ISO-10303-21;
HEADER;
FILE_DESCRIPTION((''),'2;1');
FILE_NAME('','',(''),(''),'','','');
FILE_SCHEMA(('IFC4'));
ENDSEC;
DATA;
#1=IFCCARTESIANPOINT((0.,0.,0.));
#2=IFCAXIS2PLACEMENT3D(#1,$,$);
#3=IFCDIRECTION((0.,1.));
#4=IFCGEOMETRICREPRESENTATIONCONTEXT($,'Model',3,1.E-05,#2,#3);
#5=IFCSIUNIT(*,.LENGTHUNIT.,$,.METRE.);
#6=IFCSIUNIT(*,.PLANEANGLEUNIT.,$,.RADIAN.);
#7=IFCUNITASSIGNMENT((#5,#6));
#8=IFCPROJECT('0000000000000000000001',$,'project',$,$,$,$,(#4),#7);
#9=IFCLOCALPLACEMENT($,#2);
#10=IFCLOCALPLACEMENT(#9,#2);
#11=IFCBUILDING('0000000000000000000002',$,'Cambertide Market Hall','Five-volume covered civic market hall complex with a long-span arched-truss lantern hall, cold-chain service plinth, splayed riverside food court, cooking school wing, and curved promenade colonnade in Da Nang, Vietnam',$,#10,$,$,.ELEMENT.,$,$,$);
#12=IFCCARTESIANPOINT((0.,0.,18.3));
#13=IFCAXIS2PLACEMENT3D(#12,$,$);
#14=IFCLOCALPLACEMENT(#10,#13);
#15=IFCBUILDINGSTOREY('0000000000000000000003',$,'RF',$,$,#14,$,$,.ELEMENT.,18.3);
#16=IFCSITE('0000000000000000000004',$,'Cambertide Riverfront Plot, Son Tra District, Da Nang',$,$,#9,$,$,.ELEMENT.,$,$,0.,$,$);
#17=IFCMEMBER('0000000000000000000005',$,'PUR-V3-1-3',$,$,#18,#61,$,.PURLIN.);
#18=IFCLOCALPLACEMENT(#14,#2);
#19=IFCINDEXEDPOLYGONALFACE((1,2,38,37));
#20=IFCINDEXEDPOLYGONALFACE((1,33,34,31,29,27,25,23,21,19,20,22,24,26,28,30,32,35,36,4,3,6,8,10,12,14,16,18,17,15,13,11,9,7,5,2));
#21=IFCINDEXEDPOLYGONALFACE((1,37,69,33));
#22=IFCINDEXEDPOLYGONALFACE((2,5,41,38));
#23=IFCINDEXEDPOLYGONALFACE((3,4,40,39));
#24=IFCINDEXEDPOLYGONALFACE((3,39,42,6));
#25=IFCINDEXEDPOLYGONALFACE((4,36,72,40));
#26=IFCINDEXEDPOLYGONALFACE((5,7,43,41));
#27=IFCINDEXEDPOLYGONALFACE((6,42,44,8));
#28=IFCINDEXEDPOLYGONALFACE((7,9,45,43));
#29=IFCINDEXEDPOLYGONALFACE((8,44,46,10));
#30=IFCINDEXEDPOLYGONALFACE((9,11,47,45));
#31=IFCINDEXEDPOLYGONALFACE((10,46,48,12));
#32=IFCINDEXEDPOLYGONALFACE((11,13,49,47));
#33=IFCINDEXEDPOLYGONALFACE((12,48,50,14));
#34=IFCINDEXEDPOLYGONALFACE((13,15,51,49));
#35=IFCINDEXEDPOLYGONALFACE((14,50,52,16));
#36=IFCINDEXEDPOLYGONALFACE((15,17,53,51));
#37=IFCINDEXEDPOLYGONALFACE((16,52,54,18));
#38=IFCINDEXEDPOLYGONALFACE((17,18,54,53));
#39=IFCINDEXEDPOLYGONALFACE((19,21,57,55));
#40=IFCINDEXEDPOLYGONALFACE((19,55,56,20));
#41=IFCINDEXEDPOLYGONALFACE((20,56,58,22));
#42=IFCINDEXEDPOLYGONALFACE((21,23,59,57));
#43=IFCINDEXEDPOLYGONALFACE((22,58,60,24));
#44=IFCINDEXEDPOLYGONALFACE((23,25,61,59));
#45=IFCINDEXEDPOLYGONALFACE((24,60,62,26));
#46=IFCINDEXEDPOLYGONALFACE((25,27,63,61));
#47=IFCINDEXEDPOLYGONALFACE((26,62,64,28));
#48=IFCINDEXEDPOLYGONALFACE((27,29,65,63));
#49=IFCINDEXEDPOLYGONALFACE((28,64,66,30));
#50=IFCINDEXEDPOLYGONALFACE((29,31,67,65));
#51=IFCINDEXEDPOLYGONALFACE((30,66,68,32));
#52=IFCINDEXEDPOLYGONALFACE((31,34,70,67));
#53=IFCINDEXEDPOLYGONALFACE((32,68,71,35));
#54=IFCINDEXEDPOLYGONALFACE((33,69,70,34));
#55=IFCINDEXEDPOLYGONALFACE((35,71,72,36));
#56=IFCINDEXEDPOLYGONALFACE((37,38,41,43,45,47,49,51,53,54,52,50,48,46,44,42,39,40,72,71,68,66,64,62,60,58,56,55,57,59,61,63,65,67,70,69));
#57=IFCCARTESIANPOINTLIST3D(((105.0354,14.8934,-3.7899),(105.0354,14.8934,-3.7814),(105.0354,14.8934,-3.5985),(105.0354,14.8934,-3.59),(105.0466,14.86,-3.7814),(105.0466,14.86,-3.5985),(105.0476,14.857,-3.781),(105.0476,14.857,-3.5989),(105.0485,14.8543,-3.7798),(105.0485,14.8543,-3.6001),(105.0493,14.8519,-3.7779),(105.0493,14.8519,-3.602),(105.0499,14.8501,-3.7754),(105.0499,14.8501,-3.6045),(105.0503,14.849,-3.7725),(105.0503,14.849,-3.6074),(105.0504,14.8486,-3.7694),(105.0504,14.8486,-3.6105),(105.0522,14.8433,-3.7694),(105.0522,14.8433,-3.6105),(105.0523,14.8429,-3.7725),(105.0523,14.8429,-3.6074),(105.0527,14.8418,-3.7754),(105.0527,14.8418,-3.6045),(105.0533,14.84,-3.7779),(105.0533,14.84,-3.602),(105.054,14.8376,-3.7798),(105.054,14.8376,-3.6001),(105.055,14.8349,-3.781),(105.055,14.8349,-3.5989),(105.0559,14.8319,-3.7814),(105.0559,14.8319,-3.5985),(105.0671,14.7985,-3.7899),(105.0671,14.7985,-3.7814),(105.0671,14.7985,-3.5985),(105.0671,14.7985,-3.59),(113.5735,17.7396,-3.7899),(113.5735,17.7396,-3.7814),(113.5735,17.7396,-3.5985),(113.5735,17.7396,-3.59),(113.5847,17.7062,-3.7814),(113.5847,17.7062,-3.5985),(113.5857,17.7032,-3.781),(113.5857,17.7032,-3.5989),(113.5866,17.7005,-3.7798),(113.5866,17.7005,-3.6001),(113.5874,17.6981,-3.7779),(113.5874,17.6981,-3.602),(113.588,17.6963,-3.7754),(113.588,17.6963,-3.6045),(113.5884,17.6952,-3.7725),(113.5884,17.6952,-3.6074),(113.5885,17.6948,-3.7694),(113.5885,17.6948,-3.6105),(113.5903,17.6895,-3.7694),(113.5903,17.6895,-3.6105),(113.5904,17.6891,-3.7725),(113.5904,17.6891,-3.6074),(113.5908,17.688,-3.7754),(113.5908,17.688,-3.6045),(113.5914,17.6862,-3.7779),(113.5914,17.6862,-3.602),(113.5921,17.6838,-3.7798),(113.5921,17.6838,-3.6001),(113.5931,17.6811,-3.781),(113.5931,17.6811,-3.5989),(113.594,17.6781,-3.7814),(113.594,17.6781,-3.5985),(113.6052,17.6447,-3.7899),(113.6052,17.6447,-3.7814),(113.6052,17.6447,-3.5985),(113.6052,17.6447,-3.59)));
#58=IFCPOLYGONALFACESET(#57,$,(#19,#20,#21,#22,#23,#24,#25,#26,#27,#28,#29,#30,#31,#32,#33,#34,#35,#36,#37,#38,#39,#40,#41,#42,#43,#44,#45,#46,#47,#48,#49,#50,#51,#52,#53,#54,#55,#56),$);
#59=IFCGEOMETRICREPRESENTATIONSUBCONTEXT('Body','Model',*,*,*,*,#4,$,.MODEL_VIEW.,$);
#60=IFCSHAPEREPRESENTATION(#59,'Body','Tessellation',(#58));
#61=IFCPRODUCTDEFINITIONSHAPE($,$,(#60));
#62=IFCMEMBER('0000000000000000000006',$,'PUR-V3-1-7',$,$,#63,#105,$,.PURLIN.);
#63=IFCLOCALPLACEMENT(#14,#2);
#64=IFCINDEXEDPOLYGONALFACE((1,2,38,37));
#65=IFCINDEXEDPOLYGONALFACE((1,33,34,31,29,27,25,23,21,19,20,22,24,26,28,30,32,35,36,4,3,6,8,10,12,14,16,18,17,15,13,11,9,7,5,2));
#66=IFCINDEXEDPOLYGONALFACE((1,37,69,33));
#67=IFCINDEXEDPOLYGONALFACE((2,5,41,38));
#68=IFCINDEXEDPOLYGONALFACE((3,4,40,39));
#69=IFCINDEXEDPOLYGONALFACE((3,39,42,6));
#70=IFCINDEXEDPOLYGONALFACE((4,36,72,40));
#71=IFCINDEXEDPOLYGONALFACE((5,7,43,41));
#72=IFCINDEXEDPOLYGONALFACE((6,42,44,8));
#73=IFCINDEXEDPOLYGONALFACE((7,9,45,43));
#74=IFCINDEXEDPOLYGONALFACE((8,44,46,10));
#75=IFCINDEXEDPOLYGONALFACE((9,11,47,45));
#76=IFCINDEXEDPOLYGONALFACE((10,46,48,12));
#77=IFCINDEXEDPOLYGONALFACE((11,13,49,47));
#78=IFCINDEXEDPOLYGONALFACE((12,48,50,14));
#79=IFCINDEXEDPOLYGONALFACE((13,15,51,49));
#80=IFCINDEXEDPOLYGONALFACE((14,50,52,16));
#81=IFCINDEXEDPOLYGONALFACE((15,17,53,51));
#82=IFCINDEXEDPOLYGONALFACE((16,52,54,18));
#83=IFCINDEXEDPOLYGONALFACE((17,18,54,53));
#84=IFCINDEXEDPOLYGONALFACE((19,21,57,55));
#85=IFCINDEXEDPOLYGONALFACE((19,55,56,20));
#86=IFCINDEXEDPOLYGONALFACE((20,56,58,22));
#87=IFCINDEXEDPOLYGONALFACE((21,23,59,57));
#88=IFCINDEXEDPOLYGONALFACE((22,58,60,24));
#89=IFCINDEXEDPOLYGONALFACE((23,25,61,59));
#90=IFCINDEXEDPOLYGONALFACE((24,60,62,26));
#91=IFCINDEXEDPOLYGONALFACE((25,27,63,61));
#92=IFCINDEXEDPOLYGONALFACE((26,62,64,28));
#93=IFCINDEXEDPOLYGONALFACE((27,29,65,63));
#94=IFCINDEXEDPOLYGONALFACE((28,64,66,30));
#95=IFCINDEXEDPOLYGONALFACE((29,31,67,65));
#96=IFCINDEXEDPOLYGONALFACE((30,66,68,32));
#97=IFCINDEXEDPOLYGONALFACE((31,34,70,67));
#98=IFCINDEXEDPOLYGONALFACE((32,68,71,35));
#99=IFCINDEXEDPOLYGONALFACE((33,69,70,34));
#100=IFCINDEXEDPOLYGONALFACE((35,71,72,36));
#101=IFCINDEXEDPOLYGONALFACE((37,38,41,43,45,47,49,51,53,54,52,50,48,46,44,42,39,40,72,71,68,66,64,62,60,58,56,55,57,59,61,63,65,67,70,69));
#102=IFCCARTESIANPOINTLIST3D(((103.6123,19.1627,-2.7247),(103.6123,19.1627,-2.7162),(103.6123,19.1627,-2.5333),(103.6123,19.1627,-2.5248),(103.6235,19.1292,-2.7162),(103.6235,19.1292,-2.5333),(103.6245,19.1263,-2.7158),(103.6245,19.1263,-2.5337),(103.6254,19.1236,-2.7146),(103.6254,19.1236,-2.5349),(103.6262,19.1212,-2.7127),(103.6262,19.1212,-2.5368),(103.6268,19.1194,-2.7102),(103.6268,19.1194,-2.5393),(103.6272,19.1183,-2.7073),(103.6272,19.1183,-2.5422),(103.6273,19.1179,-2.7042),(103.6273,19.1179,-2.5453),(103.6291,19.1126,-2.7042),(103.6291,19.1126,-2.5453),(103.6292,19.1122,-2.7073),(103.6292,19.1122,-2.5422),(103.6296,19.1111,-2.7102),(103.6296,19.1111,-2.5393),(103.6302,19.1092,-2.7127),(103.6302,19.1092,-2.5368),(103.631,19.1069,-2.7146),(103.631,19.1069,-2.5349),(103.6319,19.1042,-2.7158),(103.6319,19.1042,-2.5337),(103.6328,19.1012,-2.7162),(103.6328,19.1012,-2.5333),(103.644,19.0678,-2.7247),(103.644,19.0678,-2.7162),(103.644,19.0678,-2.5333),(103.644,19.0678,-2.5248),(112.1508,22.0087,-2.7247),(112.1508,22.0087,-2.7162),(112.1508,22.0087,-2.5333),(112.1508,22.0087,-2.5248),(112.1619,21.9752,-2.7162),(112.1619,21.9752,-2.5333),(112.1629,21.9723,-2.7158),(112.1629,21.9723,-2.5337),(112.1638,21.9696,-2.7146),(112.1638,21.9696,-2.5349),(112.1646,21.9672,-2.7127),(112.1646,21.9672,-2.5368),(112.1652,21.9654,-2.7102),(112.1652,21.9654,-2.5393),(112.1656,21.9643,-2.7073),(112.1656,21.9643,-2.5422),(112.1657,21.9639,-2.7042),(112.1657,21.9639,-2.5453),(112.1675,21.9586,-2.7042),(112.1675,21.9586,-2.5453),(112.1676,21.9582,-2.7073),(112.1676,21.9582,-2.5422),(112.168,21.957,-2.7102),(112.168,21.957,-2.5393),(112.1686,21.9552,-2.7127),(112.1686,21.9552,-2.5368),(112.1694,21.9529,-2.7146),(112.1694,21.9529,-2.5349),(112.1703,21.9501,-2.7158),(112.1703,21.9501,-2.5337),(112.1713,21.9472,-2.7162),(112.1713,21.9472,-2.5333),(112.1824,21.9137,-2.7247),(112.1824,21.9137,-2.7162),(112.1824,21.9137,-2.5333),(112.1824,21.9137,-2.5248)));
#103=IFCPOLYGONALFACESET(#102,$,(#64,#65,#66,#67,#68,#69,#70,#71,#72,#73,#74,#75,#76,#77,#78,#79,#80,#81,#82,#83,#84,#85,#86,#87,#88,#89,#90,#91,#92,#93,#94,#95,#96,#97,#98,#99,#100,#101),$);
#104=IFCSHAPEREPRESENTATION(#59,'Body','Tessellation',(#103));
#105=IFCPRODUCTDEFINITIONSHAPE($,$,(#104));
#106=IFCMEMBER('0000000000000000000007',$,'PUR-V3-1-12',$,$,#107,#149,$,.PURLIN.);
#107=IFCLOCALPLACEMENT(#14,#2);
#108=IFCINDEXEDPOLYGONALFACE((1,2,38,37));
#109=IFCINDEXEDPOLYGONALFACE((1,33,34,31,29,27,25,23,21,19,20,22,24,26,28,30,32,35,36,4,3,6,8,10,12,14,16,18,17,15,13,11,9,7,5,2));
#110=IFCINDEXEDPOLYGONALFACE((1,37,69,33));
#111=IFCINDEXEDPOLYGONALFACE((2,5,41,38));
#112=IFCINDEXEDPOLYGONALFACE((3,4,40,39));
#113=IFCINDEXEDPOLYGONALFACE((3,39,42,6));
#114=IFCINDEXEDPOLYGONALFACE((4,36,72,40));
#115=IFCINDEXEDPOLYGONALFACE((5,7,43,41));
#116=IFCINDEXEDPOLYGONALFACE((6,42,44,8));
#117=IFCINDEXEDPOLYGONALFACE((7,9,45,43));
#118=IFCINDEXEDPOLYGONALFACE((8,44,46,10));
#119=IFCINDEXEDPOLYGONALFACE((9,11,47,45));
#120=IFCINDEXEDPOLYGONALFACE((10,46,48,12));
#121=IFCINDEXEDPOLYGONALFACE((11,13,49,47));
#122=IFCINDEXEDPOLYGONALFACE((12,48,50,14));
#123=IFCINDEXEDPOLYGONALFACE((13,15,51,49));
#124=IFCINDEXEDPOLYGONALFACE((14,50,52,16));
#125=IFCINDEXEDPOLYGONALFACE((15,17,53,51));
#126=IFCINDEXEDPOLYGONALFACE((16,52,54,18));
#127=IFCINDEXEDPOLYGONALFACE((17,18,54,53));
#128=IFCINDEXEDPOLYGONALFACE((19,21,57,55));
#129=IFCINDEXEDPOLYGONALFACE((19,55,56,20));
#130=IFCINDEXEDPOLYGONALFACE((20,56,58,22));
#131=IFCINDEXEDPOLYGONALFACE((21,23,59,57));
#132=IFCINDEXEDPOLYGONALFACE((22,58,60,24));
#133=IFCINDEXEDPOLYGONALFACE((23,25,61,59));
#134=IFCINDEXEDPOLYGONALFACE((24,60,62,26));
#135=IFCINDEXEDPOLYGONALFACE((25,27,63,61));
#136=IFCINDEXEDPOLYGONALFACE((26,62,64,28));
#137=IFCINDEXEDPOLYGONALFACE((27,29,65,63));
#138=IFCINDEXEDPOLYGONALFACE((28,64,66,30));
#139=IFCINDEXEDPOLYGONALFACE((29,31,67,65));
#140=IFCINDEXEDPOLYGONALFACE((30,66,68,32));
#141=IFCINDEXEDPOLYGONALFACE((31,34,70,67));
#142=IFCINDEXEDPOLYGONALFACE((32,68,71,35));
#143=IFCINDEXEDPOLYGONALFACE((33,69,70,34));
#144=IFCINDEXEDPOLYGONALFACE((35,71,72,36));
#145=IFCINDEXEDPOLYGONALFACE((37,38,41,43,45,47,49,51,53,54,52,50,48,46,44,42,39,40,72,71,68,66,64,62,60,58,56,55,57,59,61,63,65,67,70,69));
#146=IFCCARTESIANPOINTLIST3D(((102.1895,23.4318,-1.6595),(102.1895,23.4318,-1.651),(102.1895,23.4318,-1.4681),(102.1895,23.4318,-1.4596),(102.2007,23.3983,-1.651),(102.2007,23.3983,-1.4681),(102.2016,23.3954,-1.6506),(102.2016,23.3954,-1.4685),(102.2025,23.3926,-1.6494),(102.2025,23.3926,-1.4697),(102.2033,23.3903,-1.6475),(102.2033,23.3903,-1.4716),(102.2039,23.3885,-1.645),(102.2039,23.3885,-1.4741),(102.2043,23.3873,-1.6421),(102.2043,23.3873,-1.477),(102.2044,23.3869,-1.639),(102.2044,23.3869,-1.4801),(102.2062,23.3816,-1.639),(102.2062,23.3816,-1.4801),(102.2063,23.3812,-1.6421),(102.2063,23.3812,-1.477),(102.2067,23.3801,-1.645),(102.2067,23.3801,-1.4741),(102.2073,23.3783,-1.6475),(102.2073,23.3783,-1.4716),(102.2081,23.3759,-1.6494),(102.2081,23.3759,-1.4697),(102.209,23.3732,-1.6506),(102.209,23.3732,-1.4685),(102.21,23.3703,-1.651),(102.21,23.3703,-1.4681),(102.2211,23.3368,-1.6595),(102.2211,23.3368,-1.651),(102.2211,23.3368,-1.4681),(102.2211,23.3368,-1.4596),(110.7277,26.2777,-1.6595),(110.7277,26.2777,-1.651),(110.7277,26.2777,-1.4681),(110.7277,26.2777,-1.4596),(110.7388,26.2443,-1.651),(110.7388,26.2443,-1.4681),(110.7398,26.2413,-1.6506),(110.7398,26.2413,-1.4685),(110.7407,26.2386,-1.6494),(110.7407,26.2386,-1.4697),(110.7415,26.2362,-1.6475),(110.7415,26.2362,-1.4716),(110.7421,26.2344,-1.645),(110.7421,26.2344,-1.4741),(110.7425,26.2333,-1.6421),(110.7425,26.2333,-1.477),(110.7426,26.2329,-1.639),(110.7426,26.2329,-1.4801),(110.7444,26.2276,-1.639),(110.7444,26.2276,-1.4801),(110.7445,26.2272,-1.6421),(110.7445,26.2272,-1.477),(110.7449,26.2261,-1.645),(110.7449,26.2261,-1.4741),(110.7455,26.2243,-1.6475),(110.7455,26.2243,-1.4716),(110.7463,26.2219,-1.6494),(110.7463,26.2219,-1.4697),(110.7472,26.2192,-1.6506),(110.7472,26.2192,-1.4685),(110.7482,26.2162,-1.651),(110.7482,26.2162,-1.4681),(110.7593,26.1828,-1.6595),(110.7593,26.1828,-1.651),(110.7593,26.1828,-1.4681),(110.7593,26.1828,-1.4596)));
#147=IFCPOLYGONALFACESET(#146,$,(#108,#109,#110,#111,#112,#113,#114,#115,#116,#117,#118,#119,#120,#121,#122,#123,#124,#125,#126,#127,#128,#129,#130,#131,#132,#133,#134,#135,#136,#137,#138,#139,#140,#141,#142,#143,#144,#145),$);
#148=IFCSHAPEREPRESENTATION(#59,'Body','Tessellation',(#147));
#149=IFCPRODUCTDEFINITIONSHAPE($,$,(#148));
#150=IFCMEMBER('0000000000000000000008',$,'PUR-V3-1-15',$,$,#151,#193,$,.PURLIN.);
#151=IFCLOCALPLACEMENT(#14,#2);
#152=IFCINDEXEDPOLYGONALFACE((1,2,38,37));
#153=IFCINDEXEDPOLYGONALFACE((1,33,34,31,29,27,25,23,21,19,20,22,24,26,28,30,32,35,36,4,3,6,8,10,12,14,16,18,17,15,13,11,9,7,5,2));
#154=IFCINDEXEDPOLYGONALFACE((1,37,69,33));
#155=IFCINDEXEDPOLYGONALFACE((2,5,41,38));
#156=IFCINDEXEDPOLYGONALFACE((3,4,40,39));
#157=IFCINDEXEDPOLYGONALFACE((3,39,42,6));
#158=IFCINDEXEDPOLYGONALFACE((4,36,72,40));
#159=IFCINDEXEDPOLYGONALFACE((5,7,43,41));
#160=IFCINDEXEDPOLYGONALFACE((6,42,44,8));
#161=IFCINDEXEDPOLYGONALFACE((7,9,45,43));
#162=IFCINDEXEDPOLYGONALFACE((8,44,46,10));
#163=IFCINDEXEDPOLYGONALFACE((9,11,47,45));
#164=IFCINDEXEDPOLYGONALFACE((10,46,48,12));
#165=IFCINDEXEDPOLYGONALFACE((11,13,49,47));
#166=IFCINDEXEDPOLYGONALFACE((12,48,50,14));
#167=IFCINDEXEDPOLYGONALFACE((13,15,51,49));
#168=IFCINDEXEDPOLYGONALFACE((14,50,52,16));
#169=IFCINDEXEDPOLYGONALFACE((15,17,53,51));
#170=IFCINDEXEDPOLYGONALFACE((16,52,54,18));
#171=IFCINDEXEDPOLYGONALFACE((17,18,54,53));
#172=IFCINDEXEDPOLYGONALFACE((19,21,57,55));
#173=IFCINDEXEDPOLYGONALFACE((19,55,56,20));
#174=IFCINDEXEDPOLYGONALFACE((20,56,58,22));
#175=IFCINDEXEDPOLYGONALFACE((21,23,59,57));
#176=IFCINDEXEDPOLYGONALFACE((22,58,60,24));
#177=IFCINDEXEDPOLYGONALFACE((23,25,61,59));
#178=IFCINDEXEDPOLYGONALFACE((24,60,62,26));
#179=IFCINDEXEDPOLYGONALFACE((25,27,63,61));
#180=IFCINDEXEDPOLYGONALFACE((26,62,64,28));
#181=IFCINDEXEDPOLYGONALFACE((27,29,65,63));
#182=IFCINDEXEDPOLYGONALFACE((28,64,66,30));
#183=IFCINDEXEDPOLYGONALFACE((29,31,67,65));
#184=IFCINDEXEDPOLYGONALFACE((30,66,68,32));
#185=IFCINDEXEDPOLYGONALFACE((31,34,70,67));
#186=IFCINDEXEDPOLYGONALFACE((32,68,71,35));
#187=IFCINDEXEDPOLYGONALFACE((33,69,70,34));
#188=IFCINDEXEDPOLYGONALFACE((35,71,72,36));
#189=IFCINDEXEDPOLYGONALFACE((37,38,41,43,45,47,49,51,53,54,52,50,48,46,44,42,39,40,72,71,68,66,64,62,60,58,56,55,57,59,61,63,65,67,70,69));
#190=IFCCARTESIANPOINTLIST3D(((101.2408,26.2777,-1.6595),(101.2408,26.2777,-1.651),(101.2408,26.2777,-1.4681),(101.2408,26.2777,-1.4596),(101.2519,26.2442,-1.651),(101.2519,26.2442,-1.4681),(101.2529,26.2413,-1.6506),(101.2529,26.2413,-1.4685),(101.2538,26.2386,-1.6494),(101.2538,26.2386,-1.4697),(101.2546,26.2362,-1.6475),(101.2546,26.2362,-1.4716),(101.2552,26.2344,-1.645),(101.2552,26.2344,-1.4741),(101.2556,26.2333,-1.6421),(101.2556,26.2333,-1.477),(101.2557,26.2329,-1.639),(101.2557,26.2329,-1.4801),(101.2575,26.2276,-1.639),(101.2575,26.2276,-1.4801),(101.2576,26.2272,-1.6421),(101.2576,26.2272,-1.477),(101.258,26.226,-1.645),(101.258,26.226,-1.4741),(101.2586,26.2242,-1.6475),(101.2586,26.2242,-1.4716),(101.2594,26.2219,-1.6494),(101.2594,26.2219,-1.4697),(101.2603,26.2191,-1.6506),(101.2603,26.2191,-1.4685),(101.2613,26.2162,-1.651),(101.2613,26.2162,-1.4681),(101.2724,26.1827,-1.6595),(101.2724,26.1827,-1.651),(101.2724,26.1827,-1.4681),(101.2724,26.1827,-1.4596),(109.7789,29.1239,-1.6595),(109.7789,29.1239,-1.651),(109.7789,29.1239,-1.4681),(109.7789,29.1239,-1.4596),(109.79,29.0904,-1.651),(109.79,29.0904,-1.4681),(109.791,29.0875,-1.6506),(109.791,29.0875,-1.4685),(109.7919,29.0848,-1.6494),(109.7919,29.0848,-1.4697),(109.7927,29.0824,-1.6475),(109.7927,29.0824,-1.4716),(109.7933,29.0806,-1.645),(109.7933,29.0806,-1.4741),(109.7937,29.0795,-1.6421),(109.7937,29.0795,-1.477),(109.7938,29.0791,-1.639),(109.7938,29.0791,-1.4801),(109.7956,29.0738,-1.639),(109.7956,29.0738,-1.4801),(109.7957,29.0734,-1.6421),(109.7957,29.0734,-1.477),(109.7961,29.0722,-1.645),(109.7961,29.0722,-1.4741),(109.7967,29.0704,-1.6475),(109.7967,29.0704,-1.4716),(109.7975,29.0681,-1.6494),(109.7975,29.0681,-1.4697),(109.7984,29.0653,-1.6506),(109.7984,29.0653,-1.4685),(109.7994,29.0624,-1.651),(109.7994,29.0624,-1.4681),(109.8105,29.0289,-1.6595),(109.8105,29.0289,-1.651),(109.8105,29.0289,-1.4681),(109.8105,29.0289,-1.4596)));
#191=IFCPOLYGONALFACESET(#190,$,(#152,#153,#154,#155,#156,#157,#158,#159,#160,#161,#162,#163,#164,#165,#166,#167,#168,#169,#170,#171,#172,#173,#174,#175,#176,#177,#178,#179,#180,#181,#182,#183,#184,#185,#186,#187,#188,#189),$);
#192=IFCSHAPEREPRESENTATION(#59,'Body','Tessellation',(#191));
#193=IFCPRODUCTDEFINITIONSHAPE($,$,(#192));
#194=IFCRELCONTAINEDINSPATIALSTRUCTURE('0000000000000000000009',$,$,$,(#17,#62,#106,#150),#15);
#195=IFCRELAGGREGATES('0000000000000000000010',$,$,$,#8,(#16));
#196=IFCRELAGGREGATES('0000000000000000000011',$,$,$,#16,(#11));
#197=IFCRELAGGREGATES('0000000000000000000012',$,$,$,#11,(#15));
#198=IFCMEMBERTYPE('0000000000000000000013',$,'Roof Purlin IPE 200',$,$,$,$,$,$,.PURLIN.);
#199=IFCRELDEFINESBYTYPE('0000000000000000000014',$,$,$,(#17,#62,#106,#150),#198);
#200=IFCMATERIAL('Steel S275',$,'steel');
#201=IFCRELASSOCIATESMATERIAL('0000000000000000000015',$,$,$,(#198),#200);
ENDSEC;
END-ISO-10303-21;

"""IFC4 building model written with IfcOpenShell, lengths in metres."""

from ifc_helpers import new_model, si_unit, direction, frame, origin, origin_2d, place, context, subcontext, project, spatial, i_section, extrude, material, material_profile, profile_set, type_object, element, save


model = new_model("IFC4")

# Units and contexts
model_context = context("Model", 3, precision=1e-05, world=origin(), true_north=direction((0.0, 1.0)))
body_context = subcontext(model_context, "Body", "Model", "MODEL_VIEW")
ifc_project = project(units=[si_unit("LENGTHUNIT", "METRE"), si_unit("PLANEANGLEUNIT", "RADIAN")], contexts=[model_context])

# Site, building, storey
site_placement = place(None, origin())
site = spatial("IfcSite", under=ifc_project, at=site_placement, Name="Cambertide Riverfront Plot, Son Tra District, Da Nang", CompositionType="ELEMENT", RefElevation=0.0)
building_placement = place(site_placement, origin())
building = spatial("IfcBuilding", under=site, at=building_placement, Name="Cambertide Market Hall", Description="Five-volume covered civic market hall complex with a long-span arched-truss lantern hall, cold-chain service plinth, splayed riverside food court, cooking school wing, and curved promenade colonnade in Da Nang, Vietnam", CompositionType="ELEMENT")
storey_placement = place(building_placement, frame((0.0, 0.0, 18.3)))
storey = spatial("IfcBuildingStorey", under=building, at=storey_placement, Name="RF", CompositionType="ELEMENT", Elevation=18.3)

# Members
ifc_material_1 = material(Name="Steel S275", Category="steel")
ifc_material_profile_1 = material_profile(ifc_material_1, i_section(OverallWidth=0.1001, OverallDepth=0.2, WebThickness=0.0056, FlangeThickness=0.0085, FilletRadius=0.012, at=origin_2d()), Name="IPE 200")
ifc_profile_set_1 = profile_set([ifc_material_profile_1], Name="Steel S275")
member_type_1 = type_object("IfcMemberType", Name="Roof Purlin IPE 200", PredefinedType="PURLIN", material=ifc_profile_set_1)
member_1_placement = place(storey_placement, frame((105.0513, 14.8459, -3.6899), z_axis=(0.948678, 0.316244, 0.0), x_axis=(-0.316244, 0.948678, 0.0)))
element("IfcMember", 1, at=member_1_placement, inside=storey, type_object=member_type_1, Name="PUR-V3-1-3", PredefinedType="PURLIN", context=body_context, shape_type="SweptSolid", body=[
    extrude(i_section(OverallWidth=0.1001, OverallDepth=0.2, WebThickness=0.0056, FlangeThickness=0.0085, FilletRadius=0.012, at=origin_2d()), origin(), (0.0, 0.0, 1.0), 9.0),
])
member_2_placement = place(storey_placement, frame((103.6282, 19.1152, -2.6248), z_axis=(0.948689, 0.316211, 0.0), x_axis=(-0.316211, 0.948689, 0.0)))
element("IfcMember", 2, at=member_2_placement, inside=storey, type_object=member_type_1, Name="PUR-V3-1-7", PredefinedType="PURLIN", context=body_context, shape_type="SweptSolid", body=[
    extrude(i_section(OverallWidth=0.1001, OverallDepth=0.2, WebThickness=0.0056, FlangeThickness=0.0085, FilletRadius=0.012, at=origin_2d()), origin(), (0.0, 0.0, 1.0), 9.0002),
])
for number, where, z_axis, x_axis, name in (
    (3, (102.2053, 23.3843, -1.5596), (0.948686, 0.31622, 0.0), (-0.31622, 0.948686, 0.0), "PUR-V3-1-12"),
    (4, (101.2566, 26.2302, -1.5596), (0.948678, 0.316244, 0.0), (-0.316244, 0.948678, 0.0), "PUR-V3-1-15"),
):
    element("IfcMember", number, at=place(storey_placement, frame(where, z_axis=z_axis, x_axis=x_axis)), inside=storey, type_object=member_type_1, Name=name, PredefinedType="PURLIN", context=body_context, shape_type="SweptSolid", body=[
        extrude(i_section(OverallWidth=0.1001, OverallDepth=0.2, WebThickness=0.0056, FlangeThickness=0.0085, FilletRadius=0.012, at=origin_2d()), origin(), (0.0, 0.0, 1.0), 9.0),
    ])

save(model, "model.ifc")
